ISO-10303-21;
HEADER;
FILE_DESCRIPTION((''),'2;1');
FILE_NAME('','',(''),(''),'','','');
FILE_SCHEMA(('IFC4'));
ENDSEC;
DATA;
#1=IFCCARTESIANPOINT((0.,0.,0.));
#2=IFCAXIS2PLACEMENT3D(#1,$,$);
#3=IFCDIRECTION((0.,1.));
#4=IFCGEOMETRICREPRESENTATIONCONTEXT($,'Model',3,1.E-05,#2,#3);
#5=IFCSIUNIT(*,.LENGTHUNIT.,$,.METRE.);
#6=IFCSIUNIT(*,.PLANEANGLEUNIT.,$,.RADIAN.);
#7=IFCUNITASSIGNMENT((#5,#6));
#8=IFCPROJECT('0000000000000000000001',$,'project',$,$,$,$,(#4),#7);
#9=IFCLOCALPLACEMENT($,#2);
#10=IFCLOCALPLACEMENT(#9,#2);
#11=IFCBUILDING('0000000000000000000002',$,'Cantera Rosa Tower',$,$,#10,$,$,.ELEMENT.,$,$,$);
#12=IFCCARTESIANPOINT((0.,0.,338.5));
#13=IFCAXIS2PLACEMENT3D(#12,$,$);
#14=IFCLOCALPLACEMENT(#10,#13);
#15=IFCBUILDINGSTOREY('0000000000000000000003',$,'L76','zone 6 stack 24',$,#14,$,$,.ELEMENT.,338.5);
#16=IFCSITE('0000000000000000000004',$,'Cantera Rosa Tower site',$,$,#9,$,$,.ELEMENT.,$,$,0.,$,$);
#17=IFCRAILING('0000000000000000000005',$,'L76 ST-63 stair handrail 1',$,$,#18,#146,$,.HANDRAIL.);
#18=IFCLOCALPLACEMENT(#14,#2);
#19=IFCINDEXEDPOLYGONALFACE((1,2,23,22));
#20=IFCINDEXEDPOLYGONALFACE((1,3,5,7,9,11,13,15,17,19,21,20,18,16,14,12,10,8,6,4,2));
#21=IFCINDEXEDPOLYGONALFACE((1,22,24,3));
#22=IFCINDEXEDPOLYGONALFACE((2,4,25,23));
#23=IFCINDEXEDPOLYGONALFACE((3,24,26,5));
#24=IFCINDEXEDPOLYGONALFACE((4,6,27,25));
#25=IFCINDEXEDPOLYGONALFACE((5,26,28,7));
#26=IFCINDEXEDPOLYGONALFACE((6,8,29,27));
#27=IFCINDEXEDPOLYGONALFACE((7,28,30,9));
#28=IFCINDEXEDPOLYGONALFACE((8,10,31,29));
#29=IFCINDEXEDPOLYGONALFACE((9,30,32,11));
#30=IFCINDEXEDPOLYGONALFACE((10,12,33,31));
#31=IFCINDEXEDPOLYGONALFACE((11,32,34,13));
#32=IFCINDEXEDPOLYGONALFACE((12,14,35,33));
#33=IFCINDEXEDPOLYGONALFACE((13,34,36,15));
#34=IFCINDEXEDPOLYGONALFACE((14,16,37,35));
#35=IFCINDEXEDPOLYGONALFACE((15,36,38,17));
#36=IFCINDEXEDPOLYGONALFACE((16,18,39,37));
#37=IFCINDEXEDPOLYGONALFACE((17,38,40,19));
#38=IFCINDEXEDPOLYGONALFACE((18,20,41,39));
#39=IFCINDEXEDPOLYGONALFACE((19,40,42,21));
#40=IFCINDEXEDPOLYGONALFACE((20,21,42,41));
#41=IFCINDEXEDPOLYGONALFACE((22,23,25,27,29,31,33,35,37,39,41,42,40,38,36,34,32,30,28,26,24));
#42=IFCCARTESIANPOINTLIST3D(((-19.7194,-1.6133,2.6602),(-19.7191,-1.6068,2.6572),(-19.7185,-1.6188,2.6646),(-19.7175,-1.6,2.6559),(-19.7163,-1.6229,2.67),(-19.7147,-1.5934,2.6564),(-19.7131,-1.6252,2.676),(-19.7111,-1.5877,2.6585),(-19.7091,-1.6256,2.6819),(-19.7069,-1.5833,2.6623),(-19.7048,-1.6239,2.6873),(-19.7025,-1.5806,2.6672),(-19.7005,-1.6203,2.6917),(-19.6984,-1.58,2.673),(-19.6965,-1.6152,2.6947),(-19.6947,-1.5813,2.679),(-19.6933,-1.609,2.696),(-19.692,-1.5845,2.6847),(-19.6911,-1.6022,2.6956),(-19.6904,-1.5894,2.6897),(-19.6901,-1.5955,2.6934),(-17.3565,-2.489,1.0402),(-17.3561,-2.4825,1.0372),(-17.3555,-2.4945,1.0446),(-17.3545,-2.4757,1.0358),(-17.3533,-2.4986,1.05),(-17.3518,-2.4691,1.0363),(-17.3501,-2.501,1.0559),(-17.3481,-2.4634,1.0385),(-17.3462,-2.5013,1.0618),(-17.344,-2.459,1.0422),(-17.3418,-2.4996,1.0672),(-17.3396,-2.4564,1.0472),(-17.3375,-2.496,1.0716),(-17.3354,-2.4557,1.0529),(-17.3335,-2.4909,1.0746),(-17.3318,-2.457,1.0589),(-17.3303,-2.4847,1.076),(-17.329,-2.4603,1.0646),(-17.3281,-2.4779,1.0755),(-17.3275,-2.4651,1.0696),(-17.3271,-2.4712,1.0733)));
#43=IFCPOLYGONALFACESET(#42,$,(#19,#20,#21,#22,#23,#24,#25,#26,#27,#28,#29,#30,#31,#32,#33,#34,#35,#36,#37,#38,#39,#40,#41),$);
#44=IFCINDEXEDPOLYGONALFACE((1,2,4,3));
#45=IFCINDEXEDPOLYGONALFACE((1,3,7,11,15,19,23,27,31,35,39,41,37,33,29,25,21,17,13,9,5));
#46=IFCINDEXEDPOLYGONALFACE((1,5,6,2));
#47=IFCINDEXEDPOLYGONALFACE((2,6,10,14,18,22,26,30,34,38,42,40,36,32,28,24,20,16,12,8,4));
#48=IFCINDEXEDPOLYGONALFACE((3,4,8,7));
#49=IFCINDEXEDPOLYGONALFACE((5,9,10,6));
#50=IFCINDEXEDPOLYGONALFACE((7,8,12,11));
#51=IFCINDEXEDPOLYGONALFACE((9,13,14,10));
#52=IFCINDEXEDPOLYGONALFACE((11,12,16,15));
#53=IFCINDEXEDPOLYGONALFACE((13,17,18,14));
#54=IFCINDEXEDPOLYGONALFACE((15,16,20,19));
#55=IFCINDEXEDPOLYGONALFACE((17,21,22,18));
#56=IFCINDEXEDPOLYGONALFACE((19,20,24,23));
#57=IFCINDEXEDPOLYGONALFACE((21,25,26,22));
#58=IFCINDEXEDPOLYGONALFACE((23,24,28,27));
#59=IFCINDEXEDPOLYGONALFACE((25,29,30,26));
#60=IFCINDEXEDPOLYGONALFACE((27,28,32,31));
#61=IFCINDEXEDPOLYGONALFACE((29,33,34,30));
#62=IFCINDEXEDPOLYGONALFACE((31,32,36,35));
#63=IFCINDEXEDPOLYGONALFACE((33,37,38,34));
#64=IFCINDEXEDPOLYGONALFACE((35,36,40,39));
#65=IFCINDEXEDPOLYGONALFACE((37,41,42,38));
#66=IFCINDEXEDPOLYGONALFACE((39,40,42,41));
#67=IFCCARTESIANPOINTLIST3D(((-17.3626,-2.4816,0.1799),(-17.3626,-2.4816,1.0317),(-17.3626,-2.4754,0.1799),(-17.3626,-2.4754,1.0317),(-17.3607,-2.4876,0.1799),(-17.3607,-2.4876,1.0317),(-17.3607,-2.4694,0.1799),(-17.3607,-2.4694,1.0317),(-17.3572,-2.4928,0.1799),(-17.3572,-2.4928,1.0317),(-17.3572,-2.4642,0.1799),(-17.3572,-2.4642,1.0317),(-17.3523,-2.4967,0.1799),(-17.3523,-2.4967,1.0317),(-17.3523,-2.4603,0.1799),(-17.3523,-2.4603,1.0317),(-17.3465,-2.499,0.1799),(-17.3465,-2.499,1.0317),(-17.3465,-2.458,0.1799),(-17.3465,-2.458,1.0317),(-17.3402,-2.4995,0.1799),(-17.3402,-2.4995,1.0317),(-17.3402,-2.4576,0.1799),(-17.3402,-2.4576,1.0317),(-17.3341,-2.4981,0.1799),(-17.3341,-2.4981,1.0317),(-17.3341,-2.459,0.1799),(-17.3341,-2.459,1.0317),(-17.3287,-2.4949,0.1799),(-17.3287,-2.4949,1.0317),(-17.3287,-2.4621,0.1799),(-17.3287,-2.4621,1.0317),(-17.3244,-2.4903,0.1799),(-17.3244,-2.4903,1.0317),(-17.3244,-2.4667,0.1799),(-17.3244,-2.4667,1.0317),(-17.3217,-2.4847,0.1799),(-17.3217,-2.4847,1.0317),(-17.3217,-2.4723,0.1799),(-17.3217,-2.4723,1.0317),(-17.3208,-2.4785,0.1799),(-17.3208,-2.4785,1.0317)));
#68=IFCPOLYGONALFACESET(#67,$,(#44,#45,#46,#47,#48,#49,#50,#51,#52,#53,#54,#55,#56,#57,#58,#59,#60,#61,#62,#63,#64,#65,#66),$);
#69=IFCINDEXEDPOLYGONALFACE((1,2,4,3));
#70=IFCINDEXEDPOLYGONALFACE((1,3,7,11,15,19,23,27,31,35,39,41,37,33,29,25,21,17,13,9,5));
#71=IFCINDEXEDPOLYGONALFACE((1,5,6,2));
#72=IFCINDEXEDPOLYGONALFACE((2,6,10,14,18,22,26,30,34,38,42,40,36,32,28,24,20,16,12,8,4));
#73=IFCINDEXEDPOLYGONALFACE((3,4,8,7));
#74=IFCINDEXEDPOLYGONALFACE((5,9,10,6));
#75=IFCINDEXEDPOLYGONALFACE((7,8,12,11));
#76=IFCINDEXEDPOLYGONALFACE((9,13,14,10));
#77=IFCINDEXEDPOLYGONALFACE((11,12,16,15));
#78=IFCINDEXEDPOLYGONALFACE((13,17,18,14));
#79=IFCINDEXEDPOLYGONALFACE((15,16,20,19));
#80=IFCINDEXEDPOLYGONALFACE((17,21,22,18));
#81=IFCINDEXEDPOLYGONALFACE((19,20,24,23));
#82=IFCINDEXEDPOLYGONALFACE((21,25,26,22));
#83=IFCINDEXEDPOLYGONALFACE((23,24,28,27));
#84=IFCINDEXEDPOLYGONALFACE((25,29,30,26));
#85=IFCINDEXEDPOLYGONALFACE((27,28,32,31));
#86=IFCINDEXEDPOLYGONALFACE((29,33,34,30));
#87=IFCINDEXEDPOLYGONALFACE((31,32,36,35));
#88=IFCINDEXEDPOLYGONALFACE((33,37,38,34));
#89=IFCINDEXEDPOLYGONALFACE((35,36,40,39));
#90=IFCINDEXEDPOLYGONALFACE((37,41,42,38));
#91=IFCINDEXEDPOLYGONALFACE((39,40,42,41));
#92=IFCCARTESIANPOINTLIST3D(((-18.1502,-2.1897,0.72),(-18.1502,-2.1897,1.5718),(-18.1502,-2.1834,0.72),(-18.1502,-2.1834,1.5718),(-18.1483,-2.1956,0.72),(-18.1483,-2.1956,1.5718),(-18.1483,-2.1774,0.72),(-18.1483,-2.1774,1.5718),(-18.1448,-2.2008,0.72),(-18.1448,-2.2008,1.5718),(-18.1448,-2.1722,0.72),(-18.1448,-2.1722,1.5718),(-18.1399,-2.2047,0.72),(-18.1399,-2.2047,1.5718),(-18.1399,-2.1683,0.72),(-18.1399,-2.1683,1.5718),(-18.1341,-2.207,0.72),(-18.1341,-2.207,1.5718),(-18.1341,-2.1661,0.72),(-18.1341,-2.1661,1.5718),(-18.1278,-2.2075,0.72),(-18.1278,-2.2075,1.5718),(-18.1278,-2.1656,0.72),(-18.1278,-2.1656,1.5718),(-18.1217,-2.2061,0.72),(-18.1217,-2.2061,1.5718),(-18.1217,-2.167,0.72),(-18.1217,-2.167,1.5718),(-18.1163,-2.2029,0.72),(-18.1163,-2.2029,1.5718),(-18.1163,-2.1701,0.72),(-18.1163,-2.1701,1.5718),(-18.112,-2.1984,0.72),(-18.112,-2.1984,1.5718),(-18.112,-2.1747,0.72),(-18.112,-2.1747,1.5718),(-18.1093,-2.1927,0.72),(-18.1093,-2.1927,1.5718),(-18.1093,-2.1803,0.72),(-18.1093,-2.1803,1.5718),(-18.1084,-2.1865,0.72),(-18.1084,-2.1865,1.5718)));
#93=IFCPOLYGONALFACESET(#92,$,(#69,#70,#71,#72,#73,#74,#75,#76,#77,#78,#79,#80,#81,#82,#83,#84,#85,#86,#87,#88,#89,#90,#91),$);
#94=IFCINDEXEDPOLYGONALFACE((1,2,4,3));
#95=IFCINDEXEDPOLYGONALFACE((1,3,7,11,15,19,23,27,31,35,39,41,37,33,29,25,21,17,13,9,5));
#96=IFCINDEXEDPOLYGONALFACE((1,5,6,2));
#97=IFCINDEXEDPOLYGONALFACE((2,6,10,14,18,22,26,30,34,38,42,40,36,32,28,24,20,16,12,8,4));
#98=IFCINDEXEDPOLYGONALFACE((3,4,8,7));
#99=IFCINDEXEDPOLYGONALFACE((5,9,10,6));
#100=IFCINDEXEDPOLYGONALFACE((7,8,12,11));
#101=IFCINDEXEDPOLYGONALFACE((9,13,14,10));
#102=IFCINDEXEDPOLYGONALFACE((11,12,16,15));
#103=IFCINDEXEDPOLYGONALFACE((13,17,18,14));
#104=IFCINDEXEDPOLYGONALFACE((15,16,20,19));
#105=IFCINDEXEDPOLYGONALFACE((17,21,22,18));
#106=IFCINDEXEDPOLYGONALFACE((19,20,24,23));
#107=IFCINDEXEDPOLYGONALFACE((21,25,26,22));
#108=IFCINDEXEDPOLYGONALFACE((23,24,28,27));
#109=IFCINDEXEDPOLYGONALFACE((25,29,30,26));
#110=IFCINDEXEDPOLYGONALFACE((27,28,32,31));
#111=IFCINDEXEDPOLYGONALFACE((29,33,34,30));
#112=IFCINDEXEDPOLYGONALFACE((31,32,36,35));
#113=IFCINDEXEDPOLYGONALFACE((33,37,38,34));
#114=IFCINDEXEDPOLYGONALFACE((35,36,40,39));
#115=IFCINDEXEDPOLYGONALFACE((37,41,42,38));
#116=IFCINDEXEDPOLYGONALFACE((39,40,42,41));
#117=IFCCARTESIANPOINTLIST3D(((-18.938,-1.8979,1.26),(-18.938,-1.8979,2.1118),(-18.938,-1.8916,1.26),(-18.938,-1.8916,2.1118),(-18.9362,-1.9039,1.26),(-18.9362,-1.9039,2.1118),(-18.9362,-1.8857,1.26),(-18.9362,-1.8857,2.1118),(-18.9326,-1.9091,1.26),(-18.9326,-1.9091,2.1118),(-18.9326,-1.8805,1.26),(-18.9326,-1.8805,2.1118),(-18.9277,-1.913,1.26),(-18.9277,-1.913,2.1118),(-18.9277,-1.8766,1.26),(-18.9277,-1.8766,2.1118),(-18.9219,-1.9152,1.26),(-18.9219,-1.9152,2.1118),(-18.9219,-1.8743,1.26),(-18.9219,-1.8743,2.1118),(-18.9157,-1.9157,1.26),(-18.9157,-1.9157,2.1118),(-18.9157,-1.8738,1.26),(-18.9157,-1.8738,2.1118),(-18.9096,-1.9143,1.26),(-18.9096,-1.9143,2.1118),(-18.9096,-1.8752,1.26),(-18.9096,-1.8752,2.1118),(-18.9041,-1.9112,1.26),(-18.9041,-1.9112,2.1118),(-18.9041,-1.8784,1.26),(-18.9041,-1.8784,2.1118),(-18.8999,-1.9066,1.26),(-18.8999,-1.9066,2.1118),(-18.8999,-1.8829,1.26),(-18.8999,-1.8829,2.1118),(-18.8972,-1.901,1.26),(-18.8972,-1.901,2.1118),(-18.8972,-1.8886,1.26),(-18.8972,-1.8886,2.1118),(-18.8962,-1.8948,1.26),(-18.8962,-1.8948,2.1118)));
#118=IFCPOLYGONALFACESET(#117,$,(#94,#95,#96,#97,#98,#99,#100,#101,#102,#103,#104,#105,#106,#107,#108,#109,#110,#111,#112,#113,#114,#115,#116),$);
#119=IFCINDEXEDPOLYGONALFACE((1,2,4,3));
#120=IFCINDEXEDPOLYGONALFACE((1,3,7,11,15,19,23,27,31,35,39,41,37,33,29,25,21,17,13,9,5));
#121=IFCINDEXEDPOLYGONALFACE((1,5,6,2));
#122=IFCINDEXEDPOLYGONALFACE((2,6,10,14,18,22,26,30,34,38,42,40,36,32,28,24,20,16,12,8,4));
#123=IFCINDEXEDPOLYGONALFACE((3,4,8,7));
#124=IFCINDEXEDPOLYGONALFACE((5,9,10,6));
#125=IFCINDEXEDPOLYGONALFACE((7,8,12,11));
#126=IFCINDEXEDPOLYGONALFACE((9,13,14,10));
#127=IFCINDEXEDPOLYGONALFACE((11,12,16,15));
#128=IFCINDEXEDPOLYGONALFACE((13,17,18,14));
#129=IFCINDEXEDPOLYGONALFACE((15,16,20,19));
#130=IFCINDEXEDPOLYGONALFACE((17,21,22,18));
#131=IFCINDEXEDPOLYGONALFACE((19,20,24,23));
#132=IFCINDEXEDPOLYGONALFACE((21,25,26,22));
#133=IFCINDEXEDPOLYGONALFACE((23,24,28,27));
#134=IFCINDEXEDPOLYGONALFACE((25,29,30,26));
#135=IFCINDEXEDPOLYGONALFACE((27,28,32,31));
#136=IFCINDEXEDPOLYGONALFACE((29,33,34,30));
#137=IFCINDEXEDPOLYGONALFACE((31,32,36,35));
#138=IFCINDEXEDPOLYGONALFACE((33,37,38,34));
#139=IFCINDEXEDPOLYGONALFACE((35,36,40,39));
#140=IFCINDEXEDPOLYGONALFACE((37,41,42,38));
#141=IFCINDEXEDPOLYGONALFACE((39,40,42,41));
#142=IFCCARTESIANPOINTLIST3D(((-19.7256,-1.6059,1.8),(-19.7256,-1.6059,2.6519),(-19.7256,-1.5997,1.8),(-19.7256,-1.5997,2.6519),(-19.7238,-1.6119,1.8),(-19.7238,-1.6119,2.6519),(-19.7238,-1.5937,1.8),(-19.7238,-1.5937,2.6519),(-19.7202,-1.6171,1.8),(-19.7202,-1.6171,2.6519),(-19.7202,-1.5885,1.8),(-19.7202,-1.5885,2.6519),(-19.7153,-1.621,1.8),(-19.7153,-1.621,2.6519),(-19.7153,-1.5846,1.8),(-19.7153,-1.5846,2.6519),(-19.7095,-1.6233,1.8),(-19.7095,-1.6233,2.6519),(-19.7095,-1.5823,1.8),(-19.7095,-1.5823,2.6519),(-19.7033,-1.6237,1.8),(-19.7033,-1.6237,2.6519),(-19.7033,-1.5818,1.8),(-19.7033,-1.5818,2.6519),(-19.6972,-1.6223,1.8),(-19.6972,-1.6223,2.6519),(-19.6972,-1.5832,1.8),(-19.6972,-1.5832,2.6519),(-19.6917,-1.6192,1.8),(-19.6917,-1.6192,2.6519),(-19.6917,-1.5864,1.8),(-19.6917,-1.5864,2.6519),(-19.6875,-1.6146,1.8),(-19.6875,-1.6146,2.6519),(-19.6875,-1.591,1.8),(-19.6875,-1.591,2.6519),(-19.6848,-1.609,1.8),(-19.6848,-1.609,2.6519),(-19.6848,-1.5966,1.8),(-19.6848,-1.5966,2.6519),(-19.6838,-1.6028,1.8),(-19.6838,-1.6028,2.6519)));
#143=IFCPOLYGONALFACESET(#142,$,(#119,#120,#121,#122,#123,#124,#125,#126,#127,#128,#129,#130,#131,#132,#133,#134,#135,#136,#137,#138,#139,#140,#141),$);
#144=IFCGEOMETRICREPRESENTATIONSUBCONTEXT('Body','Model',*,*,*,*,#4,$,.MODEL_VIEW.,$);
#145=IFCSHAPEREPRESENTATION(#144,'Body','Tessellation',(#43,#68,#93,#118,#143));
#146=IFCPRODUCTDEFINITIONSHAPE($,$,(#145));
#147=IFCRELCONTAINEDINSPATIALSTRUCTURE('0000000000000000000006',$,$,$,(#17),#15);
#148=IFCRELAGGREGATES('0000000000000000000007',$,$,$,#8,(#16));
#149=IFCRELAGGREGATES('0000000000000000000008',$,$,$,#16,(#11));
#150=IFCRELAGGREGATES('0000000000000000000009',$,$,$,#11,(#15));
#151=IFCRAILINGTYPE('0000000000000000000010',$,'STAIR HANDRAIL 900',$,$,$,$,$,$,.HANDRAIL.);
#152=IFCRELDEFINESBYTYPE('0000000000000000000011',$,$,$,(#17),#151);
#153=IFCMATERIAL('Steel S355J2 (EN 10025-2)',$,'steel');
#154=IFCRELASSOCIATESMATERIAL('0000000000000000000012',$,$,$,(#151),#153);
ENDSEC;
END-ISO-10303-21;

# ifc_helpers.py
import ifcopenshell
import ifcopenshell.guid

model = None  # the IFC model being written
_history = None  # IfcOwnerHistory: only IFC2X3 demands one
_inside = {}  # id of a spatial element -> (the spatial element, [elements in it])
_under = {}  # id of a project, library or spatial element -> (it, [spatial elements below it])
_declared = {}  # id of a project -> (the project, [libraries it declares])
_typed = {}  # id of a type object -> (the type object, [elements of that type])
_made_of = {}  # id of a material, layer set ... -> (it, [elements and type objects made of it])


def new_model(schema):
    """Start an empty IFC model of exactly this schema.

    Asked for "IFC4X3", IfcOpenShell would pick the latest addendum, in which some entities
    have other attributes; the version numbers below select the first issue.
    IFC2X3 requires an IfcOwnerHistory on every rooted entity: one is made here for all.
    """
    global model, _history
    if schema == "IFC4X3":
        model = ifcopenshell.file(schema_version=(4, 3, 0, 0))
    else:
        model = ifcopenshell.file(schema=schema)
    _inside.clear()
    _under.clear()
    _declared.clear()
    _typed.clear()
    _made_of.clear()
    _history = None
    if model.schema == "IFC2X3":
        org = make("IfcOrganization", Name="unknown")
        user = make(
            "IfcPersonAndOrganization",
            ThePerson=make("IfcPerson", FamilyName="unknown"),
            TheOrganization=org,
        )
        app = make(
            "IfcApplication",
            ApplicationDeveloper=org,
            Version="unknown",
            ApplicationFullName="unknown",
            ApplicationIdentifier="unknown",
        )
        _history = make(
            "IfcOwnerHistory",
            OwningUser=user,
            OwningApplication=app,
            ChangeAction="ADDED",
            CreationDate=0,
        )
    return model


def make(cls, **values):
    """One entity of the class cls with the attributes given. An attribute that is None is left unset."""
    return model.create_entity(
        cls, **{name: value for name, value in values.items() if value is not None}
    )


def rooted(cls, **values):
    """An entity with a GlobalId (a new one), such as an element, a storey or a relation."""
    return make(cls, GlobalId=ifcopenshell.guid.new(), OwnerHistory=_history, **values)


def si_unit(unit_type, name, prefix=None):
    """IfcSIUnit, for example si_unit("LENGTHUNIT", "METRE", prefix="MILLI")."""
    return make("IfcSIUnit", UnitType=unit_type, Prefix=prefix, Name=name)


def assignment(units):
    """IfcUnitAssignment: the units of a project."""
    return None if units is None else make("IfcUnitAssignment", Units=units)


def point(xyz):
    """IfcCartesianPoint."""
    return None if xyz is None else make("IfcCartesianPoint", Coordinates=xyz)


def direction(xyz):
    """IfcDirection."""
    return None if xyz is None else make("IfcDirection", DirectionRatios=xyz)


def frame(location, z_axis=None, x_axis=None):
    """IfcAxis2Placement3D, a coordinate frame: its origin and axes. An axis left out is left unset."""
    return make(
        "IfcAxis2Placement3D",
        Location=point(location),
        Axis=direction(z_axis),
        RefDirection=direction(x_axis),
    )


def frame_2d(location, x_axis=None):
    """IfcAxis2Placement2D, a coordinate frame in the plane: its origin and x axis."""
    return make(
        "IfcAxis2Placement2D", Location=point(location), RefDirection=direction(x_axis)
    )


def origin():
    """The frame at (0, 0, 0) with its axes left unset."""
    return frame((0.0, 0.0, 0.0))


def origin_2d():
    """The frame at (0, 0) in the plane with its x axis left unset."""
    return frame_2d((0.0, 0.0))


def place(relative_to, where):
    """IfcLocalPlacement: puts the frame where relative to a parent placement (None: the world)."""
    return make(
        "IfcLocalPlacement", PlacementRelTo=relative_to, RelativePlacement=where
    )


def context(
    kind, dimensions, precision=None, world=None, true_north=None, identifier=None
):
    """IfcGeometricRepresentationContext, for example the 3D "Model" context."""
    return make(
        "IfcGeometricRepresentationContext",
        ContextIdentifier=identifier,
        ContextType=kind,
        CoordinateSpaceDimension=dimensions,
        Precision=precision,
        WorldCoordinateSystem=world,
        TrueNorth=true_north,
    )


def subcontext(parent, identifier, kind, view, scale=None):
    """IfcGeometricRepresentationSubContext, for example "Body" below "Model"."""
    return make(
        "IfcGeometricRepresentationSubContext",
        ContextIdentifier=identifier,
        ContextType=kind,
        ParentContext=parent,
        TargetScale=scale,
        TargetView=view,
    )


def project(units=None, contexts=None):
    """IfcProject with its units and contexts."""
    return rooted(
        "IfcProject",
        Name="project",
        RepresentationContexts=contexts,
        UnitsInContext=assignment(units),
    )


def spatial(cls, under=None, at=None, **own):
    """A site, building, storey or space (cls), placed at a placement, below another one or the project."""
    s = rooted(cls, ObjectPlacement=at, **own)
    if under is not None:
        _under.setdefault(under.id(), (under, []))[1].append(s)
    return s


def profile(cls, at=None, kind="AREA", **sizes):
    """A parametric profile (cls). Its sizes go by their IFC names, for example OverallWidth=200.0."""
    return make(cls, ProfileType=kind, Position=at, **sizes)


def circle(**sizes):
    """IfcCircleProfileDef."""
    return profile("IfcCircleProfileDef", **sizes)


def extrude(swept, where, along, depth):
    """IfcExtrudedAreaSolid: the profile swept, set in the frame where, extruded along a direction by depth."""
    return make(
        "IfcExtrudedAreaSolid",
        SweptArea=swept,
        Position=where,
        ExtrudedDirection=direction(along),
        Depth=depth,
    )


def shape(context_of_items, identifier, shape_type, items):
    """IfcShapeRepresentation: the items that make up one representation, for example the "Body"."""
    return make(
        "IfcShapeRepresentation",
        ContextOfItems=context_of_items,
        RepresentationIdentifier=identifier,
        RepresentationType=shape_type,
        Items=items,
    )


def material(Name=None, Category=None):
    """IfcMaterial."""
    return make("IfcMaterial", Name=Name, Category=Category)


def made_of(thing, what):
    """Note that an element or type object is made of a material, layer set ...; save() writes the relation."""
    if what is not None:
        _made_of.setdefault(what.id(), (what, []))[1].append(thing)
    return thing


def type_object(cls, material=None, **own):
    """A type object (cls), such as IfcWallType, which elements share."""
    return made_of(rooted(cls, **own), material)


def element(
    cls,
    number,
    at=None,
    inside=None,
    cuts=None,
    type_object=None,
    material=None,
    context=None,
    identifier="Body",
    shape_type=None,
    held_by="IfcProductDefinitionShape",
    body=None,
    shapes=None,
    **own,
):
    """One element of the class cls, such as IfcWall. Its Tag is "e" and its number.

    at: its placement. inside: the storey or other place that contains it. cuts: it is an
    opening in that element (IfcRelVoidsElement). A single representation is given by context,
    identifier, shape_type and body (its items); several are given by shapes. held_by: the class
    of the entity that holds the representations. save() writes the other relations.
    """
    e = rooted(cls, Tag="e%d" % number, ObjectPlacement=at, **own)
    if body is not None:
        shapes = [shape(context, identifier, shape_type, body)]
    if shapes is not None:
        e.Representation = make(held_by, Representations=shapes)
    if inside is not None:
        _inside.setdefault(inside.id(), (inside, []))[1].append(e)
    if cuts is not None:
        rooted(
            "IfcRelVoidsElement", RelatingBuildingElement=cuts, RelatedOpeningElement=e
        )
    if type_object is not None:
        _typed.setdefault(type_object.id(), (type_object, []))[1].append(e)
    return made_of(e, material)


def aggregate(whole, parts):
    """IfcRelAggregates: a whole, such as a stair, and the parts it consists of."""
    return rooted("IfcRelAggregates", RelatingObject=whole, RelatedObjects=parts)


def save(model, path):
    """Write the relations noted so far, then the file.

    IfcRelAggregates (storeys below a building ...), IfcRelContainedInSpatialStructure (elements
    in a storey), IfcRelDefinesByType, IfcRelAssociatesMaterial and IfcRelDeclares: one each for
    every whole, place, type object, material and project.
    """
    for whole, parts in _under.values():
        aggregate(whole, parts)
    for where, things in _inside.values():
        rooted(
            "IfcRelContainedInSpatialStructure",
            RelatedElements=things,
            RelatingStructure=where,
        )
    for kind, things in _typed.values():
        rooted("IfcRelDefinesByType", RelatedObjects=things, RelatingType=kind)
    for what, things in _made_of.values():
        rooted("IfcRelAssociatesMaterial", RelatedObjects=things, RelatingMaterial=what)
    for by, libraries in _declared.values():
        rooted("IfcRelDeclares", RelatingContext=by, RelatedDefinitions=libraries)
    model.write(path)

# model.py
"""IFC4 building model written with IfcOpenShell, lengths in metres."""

from ifc_helpers import new_model, si_unit, direction, frame, origin, origin_2d, place, context, subcontext, project, spatial, circle, extrude, material, type_object, element, save


model = new_model("IFC4")

# Units and contexts
model_context = context("Model", 3, precision=1e-05, world=origin(), true_north=direction((0.0, 1.0)))
body_context = subcontext(model_context, "Body", "Model", "MODEL_VIEW")
ifc_project = project(units=[si_unit("LENGTHUNIT", "METRE"), si_unit("PLANEANGLEUNIT", "RADIAN")], contexts=[model_context])

# Site, building, storey
site_placement = place(None, origin())
site = spatial("IfcSite", under=ifc_project, at=site_placement, Name="Cantera Rosa Tower site", CompositionType="ELEMENT", RefElevation=0.0)
building_placement = place(site_placement, origin())
building = spatial("IfcBuilding", under=site, at=building_placement, Name="Cantera Rosa Tower", CompositionType="ELEMENT")
storey_placement = place(building_placement, frame((0.0, 0.0, 338.5)))
storey = spatial("IfcBuildingStorey", under=building, at=storey_placement, Name="L76", Description="zone 6 stack 24", CompositionType="ELEMENT", Elevation=338.5)

# Railing
ifc_material_1 = material(Name="Steel S355J2 (EN 10025-2)", Category="steel")
railing_type_1 = type_object("IfcRailingType", Name="STAIR HANDRAIL 900", PredefinedType="HANDRAIL", material=ifc_material_1)
railing_1_placement = place(storey_placement, frame((-17.3418, -2.4785, 0.1799)))
element("IfcRailing", 1, at=railing_1_placement, inside=storey, type_object=railing_type_1, Name="L76 ST-63 stair handrail 1", PredefinedType="HANDRAIL", context=body_context, shape_type="SweptSolid", body=[
    extrude(circle(Radius=0.0239, at=origin_2d()), frame((0.0, 0.0, 0.876), z_axis=(-0.788748, 0.292307, 0.540772), x_axis=(-0.347501, -0.93768, 0.0)), (0.0, 0.0, 1.0), 2.9958),
    extrude(circle(Radius=0.021, at=origin_2d()), origin(), (0.0, 0.0, 1.0), 0.8518),
    extrude(circle(Radius=0.021, at=origin_2d()), frame((-0.7876, 0.292, 0.54)), (0.0, 0.0, 1.0), 0.8518),
    extrude(circle(Radius=0.021, at=origin_2d()), frame((-1.5754, 0.5837, 1.0801)), (0.0, 0.0, 1.0), 0.8518),
    extrude(circle(Radius=0.021, at=origin_2d()), frame((-2.363, 0.8757, 1.6201)), (0.0, 0.0, 1.0), 0.8518),
])

save(model, "model.ifc")
